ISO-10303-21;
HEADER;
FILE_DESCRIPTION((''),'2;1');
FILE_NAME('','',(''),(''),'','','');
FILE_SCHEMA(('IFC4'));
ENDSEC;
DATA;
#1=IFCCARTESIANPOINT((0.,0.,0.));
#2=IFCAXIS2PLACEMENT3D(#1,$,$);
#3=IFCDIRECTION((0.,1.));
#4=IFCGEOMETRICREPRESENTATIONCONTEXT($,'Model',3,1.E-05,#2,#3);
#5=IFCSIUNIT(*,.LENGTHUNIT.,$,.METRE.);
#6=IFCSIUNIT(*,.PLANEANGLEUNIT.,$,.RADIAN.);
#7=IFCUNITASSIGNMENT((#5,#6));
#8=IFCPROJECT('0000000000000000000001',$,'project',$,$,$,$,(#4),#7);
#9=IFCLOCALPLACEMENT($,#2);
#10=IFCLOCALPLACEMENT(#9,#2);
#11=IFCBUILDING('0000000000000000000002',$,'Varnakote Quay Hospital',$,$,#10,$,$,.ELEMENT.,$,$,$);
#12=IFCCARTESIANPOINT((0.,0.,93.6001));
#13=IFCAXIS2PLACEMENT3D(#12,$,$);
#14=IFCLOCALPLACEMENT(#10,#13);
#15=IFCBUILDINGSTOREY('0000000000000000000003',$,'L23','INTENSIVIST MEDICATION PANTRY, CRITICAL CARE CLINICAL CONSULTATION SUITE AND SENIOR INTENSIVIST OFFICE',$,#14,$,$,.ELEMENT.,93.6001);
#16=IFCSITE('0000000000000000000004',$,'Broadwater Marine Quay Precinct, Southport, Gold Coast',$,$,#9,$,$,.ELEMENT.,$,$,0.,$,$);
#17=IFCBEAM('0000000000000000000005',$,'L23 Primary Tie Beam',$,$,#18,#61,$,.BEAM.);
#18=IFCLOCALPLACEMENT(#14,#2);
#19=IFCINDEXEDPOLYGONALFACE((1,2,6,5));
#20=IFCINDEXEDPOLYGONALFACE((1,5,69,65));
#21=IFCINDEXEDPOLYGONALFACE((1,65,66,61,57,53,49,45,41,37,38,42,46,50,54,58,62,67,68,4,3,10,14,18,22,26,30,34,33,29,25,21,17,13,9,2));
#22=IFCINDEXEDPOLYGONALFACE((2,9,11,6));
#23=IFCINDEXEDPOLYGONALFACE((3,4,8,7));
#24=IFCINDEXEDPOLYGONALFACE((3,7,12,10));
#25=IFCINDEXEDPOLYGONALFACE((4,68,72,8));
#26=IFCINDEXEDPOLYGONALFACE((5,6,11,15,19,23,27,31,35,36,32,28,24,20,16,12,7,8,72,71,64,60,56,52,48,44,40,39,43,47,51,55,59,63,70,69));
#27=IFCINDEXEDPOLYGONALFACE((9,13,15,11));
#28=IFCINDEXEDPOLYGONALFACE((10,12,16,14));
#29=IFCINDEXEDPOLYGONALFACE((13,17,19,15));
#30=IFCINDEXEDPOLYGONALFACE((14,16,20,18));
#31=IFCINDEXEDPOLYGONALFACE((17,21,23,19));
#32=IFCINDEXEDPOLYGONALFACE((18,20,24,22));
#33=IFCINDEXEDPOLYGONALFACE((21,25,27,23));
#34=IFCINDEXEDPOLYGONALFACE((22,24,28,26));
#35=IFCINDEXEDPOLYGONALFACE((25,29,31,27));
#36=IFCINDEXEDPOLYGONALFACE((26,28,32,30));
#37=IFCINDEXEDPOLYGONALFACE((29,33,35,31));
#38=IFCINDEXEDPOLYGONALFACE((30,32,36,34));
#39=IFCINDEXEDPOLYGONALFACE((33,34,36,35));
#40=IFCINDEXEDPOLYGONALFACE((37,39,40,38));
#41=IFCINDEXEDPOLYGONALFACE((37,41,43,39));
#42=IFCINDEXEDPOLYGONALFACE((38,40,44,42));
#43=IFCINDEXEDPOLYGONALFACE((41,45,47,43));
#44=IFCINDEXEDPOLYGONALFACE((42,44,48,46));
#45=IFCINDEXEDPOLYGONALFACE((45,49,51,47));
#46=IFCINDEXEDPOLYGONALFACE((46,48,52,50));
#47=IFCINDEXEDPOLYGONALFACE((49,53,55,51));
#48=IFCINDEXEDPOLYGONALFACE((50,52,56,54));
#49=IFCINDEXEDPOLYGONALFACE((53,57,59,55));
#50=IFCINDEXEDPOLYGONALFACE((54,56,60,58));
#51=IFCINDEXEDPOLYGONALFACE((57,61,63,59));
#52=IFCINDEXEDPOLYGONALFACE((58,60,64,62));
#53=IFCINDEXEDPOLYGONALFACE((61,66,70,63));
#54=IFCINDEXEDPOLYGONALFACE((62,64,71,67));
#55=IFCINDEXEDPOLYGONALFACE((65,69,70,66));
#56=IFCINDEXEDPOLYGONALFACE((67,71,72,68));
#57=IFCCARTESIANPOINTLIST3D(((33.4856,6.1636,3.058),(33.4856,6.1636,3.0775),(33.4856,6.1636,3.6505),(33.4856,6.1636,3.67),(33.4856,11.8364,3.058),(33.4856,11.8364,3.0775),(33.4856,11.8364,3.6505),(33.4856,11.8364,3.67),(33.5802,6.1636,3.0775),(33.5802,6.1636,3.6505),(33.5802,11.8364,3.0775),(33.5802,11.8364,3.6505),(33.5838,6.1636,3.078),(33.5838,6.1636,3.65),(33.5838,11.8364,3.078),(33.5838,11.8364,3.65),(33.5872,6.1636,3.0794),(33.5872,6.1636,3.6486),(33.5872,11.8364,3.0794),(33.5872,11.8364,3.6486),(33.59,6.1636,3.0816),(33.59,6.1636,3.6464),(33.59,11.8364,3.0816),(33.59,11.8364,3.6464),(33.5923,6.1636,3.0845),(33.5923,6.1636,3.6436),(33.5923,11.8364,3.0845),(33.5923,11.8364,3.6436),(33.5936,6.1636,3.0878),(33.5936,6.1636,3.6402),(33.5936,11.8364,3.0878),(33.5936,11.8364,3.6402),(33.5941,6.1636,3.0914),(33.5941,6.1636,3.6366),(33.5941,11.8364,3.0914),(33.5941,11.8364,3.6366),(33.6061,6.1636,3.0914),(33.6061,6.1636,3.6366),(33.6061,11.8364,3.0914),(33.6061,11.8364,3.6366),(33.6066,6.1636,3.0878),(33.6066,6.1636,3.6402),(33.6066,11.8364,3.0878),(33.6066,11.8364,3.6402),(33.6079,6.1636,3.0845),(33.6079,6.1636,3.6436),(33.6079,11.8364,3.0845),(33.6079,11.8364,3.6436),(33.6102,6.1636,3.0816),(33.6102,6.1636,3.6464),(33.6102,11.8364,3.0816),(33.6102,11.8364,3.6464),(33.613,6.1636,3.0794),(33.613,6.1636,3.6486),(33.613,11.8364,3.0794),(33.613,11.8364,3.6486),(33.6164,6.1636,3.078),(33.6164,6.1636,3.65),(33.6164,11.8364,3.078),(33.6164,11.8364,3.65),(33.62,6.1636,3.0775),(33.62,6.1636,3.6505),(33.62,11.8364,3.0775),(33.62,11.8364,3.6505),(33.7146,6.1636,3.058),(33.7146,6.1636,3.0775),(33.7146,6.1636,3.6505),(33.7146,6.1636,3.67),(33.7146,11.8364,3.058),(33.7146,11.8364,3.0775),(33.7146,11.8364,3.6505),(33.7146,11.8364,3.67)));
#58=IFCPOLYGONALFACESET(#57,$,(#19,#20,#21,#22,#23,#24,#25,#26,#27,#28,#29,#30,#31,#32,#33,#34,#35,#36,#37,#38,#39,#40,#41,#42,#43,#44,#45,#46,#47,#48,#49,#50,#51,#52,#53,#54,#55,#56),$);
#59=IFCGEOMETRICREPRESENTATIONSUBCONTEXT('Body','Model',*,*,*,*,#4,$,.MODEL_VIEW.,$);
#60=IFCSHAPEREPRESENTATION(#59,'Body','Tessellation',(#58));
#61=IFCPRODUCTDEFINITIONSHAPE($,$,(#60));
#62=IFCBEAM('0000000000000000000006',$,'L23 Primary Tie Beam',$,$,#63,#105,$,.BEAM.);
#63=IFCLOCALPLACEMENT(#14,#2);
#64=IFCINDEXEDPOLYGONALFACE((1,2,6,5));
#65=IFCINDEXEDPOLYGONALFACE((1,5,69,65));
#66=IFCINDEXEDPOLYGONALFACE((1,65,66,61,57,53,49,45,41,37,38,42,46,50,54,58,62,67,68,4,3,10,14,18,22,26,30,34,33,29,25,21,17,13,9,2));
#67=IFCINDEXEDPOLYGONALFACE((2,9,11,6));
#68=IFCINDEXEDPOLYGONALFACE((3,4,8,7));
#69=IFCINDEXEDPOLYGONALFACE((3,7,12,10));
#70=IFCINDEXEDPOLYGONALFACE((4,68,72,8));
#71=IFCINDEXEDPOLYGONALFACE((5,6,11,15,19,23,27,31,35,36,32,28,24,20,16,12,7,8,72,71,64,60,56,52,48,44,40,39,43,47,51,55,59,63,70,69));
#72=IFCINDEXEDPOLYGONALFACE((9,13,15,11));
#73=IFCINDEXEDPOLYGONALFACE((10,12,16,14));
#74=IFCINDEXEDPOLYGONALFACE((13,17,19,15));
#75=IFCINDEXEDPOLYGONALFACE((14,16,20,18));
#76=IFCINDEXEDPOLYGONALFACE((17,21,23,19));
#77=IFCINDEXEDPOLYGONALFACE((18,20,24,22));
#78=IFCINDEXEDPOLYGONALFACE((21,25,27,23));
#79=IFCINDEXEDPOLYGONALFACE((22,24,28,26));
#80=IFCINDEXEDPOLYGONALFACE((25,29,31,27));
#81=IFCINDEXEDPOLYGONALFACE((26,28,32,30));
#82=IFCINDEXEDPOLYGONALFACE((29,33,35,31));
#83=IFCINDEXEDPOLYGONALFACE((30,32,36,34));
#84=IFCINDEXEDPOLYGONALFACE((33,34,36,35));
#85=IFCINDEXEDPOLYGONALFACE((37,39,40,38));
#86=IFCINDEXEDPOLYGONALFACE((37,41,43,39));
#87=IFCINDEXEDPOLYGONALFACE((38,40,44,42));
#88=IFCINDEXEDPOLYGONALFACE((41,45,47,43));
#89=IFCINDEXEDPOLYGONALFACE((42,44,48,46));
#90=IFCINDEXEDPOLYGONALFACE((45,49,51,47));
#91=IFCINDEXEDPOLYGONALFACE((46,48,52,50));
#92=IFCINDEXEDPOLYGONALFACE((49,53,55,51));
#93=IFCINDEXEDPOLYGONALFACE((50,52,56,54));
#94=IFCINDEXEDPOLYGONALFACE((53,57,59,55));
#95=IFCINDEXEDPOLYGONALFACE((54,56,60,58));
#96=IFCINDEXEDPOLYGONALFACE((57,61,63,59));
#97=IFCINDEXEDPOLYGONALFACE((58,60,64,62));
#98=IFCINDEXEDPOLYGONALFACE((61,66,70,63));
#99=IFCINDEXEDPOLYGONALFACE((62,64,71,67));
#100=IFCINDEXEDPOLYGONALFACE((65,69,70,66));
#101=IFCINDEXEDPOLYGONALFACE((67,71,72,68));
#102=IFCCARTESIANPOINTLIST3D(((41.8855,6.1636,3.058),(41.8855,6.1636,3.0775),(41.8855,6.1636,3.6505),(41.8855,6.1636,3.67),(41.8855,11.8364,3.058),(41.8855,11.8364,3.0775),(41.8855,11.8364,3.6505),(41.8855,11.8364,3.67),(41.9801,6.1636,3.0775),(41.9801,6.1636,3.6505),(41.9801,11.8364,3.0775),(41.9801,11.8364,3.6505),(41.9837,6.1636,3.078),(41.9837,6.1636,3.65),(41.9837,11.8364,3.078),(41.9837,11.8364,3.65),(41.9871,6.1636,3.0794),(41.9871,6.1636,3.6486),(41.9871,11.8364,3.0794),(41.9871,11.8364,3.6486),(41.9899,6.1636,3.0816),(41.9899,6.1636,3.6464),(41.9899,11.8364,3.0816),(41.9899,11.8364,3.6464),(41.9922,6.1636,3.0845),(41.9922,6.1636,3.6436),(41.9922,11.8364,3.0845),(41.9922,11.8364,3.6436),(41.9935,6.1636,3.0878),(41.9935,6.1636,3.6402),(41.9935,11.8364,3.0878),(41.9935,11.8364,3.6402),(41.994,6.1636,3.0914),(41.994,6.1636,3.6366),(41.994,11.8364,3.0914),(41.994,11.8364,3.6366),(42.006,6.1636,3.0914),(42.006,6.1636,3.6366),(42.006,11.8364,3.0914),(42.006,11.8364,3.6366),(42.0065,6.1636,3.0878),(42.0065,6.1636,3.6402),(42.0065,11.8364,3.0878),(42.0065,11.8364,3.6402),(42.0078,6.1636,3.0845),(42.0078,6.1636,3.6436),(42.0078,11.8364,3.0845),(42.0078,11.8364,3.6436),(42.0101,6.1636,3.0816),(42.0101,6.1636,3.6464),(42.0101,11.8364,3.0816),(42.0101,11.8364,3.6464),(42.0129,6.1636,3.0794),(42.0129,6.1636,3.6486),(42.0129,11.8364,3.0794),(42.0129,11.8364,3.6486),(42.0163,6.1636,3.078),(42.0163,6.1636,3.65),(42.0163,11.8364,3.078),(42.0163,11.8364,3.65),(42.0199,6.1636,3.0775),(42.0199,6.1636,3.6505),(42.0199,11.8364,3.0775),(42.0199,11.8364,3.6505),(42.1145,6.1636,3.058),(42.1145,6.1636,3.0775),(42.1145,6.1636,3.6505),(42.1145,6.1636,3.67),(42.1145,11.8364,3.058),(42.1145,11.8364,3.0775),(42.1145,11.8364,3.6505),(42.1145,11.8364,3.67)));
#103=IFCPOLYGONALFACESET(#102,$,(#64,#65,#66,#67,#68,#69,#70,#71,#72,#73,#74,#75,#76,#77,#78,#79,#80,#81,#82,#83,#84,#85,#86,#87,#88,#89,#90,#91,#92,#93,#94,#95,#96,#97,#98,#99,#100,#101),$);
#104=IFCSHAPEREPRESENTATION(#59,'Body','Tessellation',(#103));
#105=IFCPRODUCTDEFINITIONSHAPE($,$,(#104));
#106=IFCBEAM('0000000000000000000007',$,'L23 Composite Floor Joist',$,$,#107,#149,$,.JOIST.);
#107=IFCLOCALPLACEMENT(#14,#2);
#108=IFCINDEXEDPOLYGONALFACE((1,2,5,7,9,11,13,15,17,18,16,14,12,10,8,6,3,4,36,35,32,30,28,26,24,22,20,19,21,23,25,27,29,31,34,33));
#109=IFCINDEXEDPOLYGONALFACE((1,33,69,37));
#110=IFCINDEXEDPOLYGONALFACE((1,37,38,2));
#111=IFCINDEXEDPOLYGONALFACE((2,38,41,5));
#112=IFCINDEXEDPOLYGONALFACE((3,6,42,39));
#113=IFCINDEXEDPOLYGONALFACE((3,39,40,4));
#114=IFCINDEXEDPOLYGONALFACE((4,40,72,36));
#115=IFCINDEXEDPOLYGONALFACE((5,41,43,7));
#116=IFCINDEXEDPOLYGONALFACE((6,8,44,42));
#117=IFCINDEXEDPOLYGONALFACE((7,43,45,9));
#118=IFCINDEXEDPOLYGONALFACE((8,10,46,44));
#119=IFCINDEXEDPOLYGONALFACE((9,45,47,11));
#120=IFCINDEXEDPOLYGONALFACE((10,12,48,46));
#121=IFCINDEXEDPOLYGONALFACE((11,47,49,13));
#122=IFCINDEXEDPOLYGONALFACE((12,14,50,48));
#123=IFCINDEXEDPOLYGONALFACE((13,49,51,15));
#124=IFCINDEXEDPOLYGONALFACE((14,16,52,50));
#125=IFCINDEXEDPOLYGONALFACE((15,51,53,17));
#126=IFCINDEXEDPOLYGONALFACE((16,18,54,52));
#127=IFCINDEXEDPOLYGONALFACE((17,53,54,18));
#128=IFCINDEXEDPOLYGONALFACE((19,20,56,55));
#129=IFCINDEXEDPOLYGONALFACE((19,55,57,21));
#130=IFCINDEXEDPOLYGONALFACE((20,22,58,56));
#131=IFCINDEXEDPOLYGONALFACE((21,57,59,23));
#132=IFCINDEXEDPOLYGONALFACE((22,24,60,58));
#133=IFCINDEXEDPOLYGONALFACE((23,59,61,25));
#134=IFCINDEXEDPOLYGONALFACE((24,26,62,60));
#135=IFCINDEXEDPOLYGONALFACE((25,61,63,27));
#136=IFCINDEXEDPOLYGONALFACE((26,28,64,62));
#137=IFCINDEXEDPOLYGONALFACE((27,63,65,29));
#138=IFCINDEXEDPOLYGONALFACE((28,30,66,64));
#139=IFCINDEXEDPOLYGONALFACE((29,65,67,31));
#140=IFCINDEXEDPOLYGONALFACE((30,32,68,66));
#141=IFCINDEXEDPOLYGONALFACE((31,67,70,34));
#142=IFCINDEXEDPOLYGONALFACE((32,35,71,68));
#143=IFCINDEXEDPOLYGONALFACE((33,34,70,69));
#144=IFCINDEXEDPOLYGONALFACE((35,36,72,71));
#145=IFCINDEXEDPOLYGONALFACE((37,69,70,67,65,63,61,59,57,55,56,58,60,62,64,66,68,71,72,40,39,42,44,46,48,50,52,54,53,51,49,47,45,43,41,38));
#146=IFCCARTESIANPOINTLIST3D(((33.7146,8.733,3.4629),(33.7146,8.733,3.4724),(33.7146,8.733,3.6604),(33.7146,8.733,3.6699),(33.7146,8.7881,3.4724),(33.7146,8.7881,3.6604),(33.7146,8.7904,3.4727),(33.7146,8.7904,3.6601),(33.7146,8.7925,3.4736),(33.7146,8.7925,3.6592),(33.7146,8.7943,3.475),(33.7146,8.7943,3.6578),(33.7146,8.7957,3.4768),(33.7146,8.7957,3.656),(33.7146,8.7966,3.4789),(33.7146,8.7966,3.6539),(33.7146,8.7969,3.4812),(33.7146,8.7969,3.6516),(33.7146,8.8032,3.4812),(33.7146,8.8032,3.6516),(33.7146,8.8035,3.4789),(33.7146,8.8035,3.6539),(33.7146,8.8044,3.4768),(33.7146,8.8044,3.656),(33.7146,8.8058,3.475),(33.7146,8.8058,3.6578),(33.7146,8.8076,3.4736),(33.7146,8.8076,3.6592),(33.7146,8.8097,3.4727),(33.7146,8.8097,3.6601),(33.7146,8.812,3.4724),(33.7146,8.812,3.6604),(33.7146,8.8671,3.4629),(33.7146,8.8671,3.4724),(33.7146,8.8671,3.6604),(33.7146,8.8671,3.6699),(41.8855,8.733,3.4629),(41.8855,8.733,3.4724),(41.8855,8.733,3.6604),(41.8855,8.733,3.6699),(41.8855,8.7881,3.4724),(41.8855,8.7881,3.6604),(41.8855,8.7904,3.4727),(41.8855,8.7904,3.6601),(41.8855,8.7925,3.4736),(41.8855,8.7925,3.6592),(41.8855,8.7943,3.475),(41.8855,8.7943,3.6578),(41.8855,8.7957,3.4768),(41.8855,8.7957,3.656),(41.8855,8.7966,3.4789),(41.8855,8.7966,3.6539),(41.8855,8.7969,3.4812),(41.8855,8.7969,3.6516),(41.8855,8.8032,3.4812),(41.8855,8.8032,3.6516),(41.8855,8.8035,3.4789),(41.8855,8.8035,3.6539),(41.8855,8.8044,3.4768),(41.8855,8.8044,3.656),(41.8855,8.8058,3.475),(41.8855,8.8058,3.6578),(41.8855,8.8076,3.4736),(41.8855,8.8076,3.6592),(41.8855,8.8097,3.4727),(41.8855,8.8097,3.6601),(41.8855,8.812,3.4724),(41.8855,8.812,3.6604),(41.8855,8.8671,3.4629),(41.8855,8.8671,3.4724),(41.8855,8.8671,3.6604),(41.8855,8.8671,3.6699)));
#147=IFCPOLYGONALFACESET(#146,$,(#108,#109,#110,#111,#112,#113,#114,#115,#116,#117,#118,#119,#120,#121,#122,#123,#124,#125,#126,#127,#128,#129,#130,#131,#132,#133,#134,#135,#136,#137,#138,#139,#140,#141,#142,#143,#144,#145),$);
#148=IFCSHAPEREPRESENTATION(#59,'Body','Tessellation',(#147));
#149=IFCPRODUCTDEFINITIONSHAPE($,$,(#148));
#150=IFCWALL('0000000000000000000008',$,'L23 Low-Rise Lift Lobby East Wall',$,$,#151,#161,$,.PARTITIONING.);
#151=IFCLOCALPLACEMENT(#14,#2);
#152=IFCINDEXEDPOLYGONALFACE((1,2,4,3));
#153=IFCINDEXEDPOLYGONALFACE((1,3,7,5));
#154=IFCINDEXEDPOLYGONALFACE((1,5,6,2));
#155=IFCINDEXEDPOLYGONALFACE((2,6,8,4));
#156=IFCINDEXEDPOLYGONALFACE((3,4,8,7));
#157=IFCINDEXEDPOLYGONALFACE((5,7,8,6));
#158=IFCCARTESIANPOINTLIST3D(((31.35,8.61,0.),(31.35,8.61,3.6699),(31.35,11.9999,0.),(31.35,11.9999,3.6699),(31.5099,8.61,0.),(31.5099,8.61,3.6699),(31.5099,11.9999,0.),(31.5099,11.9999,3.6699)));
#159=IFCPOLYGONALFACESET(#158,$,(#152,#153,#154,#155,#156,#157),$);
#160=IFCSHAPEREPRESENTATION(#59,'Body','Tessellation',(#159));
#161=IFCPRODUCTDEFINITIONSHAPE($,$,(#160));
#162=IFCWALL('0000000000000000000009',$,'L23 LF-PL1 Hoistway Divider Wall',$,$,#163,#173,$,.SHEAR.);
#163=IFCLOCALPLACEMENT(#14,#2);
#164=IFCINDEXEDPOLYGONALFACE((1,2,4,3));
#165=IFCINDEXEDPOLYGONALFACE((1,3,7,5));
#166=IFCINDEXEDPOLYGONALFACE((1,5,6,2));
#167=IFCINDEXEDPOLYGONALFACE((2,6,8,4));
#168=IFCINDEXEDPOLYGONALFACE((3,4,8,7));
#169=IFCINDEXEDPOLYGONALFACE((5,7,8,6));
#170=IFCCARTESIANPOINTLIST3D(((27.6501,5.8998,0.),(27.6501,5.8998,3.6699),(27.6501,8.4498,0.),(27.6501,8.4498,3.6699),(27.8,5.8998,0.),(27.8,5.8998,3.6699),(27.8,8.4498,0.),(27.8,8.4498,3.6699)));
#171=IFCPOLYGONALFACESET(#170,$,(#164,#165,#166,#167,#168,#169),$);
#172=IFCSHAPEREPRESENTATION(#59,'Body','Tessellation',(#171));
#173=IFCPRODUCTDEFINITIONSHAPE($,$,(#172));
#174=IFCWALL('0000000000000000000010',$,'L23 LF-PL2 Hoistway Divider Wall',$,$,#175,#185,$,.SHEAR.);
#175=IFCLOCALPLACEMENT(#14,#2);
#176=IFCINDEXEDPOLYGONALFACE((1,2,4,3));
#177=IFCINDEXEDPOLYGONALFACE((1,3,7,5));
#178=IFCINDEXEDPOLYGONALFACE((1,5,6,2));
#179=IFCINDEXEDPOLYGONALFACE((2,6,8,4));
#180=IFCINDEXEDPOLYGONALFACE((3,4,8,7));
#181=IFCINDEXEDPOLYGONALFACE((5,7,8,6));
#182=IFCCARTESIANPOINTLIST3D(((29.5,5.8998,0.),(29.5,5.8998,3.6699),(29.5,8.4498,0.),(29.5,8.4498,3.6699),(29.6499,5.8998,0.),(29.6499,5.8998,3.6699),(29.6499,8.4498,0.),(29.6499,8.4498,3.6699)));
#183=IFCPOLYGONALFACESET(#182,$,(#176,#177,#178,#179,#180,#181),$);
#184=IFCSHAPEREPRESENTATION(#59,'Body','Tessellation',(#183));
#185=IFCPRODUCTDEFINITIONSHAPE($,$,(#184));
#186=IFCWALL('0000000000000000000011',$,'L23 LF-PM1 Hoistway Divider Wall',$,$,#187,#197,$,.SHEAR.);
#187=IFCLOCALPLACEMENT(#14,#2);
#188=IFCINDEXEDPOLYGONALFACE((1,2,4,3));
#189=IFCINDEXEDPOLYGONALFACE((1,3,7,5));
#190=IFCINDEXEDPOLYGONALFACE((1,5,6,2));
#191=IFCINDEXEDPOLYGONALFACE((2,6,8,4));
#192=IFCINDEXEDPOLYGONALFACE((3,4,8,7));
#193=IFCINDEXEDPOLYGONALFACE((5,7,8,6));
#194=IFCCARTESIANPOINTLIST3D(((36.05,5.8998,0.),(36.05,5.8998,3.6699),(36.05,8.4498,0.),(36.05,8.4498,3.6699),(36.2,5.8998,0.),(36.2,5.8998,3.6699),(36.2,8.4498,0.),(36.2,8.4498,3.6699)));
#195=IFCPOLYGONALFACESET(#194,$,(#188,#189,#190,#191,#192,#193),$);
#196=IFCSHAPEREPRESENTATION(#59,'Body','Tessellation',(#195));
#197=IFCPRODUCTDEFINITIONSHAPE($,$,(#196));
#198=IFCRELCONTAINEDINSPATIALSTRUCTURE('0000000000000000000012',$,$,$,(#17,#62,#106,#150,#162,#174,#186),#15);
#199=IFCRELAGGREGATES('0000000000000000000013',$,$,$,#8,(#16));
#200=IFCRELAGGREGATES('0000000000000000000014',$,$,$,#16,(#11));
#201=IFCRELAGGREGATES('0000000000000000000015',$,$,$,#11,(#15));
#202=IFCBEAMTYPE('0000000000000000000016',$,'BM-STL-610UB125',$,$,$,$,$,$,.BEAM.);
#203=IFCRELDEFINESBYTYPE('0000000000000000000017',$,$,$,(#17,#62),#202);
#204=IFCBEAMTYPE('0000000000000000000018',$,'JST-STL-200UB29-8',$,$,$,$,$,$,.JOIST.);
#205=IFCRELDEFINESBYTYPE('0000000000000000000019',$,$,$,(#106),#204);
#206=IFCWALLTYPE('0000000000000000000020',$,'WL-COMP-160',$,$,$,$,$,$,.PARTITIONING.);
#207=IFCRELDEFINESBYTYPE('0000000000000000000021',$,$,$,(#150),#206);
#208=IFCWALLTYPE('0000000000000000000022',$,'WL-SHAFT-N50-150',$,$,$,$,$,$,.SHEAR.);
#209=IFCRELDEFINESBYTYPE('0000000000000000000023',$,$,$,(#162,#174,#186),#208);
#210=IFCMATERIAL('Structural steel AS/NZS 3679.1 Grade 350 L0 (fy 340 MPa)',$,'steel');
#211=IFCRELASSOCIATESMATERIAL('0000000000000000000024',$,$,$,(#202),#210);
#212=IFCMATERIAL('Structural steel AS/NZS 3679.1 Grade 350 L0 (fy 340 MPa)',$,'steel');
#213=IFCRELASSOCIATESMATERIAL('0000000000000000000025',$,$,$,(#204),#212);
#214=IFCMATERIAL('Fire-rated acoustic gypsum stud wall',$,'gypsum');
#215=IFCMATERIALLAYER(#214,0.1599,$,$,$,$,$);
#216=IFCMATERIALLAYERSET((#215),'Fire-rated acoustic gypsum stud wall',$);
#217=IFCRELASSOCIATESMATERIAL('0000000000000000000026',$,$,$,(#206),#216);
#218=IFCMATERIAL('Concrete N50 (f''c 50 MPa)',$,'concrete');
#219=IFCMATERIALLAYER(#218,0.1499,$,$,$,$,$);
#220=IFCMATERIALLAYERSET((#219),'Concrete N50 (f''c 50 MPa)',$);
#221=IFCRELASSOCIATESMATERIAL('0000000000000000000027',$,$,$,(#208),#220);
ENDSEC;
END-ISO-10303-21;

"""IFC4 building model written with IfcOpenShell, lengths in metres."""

from ifc_helpers import new_model, si_unit, direction, frame, frame_2d, origin, origin_2d, place, context, subcontext, project, spatial, rectangle, i_section, extrude, material, layer, layer_set, material_profile, profile_set, type_object, element, save


model = new_model("IFC4")

# Units and contexts
model_context = context("Model", 3, precision=1e-05, world=origin(), true_north=direction((0.0, 1.0)))
body_context = subcontext(model_context, "Body", "Model", "MODEL_VIEW")
ifc_project = project(units=[si_unit("LENGTHUNIT", "METRE"), si_unit("PLANEANGLEUNIT", "RADIAN")], contexts=[model_context])

# Site, building, storey
site_placement = place(None, origin())
site = spatial("IfcSite", under=ifc_project, at=site_placement, Name="Broadwater Marine Quay Precinct, Southport, Gold Coast", CompositionType="ELEMENT", RefElevation=0.0)
building_placement = place(site_placement, origin())
building = spatial("IfcBuilding", under=site, at=building_placement, Name="Varnakote Quay Hospital", CompositionType="ELEMENT")
storey_placement = place(building_placement, frame((0.0, 0.0, 93.6001)))
storey = spatial("IfcBuildingStorey", under=building, at=storey_placement, Name="L23", Description="INTENSIVIST MEDICATION PANTRY, CRITICAL CARE CLINICAL CONSULTATION SUITE AND SENIOR INTENSIVIST OFFICE", CompositionType="ELEMENT", Elevation=93.6001)

# Beams
ifc_material_1 = material(Name="Structural steel AS/NZS 3679.1 Grade 350 L0 (fy 340 MPa)", Category="steel")
ifc_material_profile_1 = material_profile(ifc_material_1, i_section(OverallWidth=0.229, OverallDepth=0.6121, WebThickness=0.012, FlangeThickness=0.0195, FilletRadius=0.0139, at=origin_2d()), Name="610UB125")
ifc_profile_set_1 = profile_set([ifc_material_profile_1], Name="Structural steel AS/NZS 3679.1 Grade 350 L0 (fy 340 MPa)")
beam_type_1 = type_object("IfcBeamType", Name="BM-STL-610UB125", PredefinedType="BEAM", material=ifc_profile_set_1)
for number, where, z_axis, x_axis, name in (
    (1, (33.6001, 6.1636, 3.364), (0.0, 1.0, 0.0), (-1.0, 0.0, 0.0), "L23 Primary Tie Beam"),
    (2, (42.0, 6.1636, 3.364), (0.0, 1.0, 0.0), (-1.0, 0.0, 0.0), "L23 Primary Tie Beam"),
):
    element("IfcBeam", number, at=place(storey_placement, frame(where, z_axis=z_axis, x_axis=x_axis)), inside=storey, type_object=beam_type_1, Name=name, PredefinedType="BEAM", context=body_context, shape_type="SweptSolid", body=[
        extrude(i_section(OverallWidth=0.229, OverallDepth=0.6121, WebThickness=0.012, FlangeThickness=0.0195, FilletRadius=0.0139, at=origin_2d()), origin(), (0.0, 0.0, 1.0), 5.6729),
    ])
ifc_material_2 = material(Name="Structural steel AS/NZS 3679.1 Grade 350 L0 (fy 340 MPa)", Category="steel")
ifc_material_profile_2 = material_profile(ifc_material_2, i_section(OverallWidth=0.134, OverallDepth=0.207, WebThickness=0.0063, FlangeThickness=0.0095, FilletRadius=0.0088, at=origin_2d()), Name="200UB29.8")
ifc_profile_set_2 = profile_set([ifc_material_profile_2], Name="Structural steel AS/NZS 3679.1 Grade 350 L0 (fy 340 MPa)")
beam_type_2 = type_object("IfcBeamType", Name="JST-STL-200UB29-8", PredefinedType="JOIST", material=ifc_profile_set_2)
beam_1_placement = place(storey_placement, frame((33.7146, 8.8, 3.5664), z_axis=(1.0, 0.0, 0.0), x_axis=(0.0, 1.0, 0.0)))
element("IfcBeam", 3, at=beam_1_placement, inside=storey, type_object=beam_type_2, Name="L23 Composite Floor Joist", PredefinedType="JOIST", context=body_context, shape_type="SweptSolid", body=[
    extrude(i_section(OverallWidth=0.134, OverallDepth=0.207, WebThickness=0.0063, FlangeThickness=0.0095, FilletRadius=0.0088, at=origin_2d()), origin(), (0.0, 0.0, 1.0), 8.1709),
])

# Walls
ifc_material_3 = material(Name="Fire-rated acoustic gypsum stud wall", Category="gypsum")
ifc_layer_1 = layer(ifc_material_3, 0.1599)
ifc_layer_set_1 = layer_set([ifc_layer_1], Name="Fire-rated acoustic gypsum stud wall")
wall_type_1 = type_object("IfcWallType", Name="WL-COMP-160", PredefinedType="PARTITIONING", material=ifc_layer_set_1)
wall_1_placement = place(storey_placement, frame((31.4299, 8.6101, 0.0), z_axis=(0.0, 0.0, 1.0), x_axis=(0.0, 1.0, 0.0)))
element("IfcWall", 4, at=wall_1_placement, inside=storey, type_object=wall_type_1, Name="L23 Low-Rise Lift Lobby East Wall", PredefinedType="PARTITIONING", context=body_context, shape_type="SweptSolid", body=[
    extrude(rectangle(XDim=3.3899, YDim=0.1599, at=frame_2d((1.6948, 0.0))), origin(), (0.0, 0.0, 1.0), 3.6699),
])
ifc_material_4 = material(Name="Concrete N50 (f'c 50 MPa)", Category="concrete")
ifc_layer_2 = layer(ifc_material_4, 0.1499)
ifc_layer_set_2 = layer_set([ifc_layer_2], Name="Concrete N50 (f'c 50 MPa)")
wall_type_2 = type_object("IfcWallType", Name="WL-SHAFT-N50-150", PredefinedType="SHEAR", material=ifc_layer_set_2)
for number, where, z_axis, x_axis, name in (
    (5, (27.7251, 5.8999, 0.0), (0.0, 0.0, 1.0), (0.0, 1.0, 0.0), "L23 LF-PL1 Hoistway Divider Wall"),
    (6, (29.575, 5.8999, 0.0), (0.0, 0.0, 1.0), (0.0, 1.0, 0.0), "L23 LF-PL2 Hoistway Divider Wall"),
    (7, (36.125, 5.8999, 0.0), (0.0, 0.0, 1.0), (0.0, 1.0, 0.0), "L23 LF-PM1 Hoistway Divider Wall"),
):
    element("IfcWall", number, at=place(storey_placement, frame(where, z_axis=z_axis, x_axis=x_axis)), inside=storey, type_object=wall_type_2, Name=name, PredefinedType="SHEAR", context=body_context, shape_type="SweptSolid", body=[
        extrude(rectangle(XDim=2.55, YDim=0.1499, at=frame_2d((1.2749, 0.0))), origin(), (0.0, 0.0, 1.0), 3.6699),
    ])

save(model, "model.ifc")
